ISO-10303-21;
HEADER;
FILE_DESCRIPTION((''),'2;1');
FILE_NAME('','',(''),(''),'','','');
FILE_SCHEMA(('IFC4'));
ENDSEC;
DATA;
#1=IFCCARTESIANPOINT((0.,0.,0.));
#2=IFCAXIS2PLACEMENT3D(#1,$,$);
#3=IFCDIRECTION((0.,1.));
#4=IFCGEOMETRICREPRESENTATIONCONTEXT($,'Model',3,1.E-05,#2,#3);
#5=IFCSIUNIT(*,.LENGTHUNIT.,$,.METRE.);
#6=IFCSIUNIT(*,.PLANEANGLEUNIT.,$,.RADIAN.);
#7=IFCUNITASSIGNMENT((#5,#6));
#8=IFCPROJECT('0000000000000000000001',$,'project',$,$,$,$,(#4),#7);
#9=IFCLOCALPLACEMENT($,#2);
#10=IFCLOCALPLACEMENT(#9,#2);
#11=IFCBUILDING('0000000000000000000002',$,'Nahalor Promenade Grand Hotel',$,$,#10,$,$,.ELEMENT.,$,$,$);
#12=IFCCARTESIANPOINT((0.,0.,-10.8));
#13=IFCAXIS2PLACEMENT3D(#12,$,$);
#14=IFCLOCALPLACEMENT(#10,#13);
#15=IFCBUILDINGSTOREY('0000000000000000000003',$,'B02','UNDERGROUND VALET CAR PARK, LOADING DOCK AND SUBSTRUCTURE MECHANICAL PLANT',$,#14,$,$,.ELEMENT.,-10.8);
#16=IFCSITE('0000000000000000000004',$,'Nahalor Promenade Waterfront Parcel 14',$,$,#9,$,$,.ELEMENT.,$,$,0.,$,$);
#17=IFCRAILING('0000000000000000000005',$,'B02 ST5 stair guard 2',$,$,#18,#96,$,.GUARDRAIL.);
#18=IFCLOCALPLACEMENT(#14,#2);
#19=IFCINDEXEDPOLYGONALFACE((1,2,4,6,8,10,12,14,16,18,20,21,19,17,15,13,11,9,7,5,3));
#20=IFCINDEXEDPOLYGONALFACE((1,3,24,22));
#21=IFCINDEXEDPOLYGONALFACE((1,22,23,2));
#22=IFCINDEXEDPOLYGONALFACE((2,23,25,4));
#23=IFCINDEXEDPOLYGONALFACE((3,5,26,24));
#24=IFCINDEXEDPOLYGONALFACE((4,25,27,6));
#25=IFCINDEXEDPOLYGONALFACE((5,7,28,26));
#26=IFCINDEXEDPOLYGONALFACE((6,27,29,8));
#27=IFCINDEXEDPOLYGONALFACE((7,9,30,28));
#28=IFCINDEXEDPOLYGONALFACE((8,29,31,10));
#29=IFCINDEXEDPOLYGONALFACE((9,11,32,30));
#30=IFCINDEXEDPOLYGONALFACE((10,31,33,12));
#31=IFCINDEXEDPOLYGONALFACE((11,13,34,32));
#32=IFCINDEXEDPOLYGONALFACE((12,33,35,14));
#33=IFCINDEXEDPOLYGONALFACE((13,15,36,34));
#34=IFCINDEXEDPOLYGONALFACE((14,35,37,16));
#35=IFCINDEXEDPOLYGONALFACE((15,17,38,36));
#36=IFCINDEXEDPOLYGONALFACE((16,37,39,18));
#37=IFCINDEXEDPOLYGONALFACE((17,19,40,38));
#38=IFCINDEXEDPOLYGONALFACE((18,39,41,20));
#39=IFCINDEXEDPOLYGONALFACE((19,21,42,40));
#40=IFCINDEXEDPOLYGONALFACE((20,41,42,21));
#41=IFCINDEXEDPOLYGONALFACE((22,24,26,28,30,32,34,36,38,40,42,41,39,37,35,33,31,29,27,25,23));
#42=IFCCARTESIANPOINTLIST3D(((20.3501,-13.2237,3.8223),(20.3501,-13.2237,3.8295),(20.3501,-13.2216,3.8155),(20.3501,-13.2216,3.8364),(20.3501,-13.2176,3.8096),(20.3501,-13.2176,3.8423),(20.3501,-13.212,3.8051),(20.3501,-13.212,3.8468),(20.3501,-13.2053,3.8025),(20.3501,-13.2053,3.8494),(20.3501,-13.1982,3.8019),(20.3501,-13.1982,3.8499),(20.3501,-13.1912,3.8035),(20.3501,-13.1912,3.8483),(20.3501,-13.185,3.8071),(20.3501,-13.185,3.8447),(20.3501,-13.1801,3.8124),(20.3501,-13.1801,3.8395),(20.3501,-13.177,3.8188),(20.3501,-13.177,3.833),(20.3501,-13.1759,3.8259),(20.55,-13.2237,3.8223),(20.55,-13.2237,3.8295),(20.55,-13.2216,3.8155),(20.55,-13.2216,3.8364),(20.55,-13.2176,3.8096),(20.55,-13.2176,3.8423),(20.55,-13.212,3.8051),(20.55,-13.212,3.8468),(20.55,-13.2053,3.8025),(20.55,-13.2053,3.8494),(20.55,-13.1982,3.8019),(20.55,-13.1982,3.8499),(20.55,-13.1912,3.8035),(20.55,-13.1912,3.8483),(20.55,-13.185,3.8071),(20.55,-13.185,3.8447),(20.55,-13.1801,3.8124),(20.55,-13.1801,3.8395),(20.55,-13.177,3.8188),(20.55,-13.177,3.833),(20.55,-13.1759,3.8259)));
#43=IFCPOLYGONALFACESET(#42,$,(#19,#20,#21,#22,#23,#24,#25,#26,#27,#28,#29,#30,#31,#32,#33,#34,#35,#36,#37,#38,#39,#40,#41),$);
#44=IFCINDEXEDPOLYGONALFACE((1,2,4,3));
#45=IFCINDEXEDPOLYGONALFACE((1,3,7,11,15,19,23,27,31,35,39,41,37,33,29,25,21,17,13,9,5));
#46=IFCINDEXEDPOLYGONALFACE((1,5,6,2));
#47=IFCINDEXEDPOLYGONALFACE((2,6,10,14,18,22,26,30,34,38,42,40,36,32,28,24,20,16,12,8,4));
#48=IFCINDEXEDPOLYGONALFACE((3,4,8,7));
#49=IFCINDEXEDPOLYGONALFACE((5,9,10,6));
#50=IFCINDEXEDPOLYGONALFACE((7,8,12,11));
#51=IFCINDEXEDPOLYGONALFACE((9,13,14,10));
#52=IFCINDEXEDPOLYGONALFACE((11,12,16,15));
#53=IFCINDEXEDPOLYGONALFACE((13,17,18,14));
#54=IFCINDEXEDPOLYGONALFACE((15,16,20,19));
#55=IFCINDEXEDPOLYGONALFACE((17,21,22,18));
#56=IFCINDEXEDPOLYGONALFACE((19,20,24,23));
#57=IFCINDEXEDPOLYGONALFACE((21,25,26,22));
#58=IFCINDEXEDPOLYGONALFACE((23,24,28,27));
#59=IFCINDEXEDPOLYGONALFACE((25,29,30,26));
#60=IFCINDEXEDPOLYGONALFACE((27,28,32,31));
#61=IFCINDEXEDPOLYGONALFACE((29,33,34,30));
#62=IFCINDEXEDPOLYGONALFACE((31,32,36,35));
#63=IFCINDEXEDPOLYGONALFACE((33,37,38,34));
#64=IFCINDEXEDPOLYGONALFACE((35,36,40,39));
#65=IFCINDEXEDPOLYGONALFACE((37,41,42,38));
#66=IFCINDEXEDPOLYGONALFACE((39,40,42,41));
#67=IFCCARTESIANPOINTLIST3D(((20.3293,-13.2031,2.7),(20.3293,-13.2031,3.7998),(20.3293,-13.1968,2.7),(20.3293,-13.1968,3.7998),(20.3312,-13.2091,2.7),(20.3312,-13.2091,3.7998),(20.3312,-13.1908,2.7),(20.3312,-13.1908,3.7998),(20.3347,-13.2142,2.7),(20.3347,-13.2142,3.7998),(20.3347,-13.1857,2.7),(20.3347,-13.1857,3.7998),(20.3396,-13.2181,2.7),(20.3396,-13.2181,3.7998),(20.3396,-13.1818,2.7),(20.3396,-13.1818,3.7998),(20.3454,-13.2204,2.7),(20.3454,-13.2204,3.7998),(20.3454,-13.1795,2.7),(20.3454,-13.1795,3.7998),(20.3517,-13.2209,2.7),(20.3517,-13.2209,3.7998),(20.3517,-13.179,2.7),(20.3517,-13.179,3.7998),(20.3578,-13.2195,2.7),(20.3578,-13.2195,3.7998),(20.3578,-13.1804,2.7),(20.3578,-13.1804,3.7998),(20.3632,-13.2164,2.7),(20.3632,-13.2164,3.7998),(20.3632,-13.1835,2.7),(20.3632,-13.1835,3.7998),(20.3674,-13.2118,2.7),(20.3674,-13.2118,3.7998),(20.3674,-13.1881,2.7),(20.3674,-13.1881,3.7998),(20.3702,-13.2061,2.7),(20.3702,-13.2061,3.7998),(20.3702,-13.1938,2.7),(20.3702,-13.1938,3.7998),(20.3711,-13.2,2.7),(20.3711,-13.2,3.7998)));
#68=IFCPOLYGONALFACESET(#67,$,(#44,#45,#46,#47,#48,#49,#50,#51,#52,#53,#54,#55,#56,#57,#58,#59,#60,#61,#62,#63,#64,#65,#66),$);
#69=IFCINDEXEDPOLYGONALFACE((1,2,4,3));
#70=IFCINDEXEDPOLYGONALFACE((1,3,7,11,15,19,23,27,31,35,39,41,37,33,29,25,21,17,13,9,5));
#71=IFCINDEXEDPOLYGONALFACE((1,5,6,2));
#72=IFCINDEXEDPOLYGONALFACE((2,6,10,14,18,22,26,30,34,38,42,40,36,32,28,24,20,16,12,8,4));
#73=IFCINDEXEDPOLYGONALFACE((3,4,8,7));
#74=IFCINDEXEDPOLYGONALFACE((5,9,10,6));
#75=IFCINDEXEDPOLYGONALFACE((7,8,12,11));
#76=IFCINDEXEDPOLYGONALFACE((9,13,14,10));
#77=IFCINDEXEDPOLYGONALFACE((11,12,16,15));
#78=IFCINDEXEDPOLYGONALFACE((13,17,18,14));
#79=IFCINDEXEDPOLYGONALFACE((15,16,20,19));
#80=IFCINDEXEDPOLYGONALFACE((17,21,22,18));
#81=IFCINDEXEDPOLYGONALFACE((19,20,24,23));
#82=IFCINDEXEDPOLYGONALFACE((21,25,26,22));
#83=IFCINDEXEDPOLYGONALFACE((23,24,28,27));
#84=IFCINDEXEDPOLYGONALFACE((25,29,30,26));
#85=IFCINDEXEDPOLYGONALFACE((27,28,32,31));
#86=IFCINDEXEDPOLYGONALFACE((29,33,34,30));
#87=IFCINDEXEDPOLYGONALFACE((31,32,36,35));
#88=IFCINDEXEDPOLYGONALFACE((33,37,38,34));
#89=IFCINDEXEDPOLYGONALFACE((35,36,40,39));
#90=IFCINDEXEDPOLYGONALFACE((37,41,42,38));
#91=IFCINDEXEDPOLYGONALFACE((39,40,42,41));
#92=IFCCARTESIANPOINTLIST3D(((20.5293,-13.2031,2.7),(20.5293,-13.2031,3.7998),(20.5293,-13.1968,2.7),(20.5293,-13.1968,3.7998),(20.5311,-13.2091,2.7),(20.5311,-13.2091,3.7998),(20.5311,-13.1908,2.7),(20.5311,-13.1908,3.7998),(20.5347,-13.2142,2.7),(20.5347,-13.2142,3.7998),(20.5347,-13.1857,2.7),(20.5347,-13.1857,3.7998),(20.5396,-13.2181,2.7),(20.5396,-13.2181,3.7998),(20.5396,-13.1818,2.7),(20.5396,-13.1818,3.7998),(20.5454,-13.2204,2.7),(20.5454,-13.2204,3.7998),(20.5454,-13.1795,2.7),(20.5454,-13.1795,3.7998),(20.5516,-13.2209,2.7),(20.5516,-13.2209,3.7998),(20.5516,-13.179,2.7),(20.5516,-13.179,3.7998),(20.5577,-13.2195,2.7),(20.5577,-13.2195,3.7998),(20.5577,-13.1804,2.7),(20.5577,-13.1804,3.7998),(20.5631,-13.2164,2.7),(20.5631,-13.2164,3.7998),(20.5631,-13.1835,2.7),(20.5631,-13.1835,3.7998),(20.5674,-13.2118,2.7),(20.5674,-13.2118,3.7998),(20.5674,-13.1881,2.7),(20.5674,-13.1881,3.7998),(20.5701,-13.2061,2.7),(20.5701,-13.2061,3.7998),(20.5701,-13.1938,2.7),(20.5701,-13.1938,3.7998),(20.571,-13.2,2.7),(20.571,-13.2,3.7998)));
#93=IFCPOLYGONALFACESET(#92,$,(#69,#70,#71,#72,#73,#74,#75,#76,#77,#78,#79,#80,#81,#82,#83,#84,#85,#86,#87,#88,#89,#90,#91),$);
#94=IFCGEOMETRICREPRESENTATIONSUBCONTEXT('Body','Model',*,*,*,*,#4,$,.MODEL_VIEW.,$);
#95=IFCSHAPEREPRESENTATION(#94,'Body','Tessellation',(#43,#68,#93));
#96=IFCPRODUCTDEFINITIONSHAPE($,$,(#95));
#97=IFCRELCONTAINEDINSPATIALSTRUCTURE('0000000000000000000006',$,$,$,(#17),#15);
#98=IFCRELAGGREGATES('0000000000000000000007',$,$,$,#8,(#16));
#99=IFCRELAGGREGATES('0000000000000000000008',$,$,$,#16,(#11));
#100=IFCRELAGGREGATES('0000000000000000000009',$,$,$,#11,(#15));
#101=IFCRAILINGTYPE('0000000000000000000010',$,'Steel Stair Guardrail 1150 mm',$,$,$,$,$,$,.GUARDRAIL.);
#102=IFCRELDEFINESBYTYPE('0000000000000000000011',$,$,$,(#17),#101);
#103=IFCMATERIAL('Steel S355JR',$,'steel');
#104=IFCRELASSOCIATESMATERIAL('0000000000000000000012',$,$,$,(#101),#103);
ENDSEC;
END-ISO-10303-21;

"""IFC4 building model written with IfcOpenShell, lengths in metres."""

from ifc_helpers import new_model, si_unit, direction, frame, origin, origin_2d, place, context, subcontext, project, spatial, circle, extrude, material, type_object, element, save


model = new_model("IFC4")

# Units and contexts
model_context = context("Model", 3, precision=1e-05, world=origin(), true_north=direction((0.0, 1.0)))
body_context = subcontext(model_context, "Body", "Model", "MODEL_VIEW")
ifc_project = project(units=[si_unit("LENGTHUNIT", "METRE"), si_unit("PLANEANGLEUNIT", "RADIAN")], contexts=[model_context])

# Site, building, storey
site_placement = place(None, origin())
site = spatial("IfcSite", under=ifc_project, at=site_placement, Name="Nahalor Promenade Waterfront Parcel 14", CompositionType="ELEMENT", RefElevation=0.0)
building_placement = place(site_placement, origin())
building = spatial("IfcBuilding", under=site, at=building_placement, Name="Nahalor Promenade Grand Hotel", CompositionType="ELEMENT")
storey_placement = place(building_placement, frame((0.0, 0.0, -10.8)))
storey = spatial("IfcBuildingStorey", under=building, at=storey_placement, Name="B02", Description="UNDERGROUND VALET CAR PARK, LOADING DOCK AND SUBSTRUCTURE MECHANICAL PLANT", CompositionType="ELEMENT", Elevation=-10.8)

# Shared definitions
ifc_material_1 = material(Name="Steel S355JR", Category="steel")

# Railing
railing_type_1 = type_object("IfcRailingType", Name="Steel Stair Guardrail 1150 mm", PredefinedType="GUARDRAIL", material=ifc_material_1)
railing_1_placement = place(storey_placement, frame((20.3501, -13.2, 2.7)))
element("IfcRailing", 1, at=railing_1_placement, inside=storey, type_object=railing_type_1, Name="B02 ST5 stair guard 2", PredefinedType="GUARDRAIL", context=body_context, shape_type="SweptSolid", body=[
    extrude(circle(Radius=0.024, at=origin_2d()), frame((0.0, 0.0, 1.126), z_axis=(1.0, 0.0, 0.0), x_axis=(0.0, 1.0, 0.0)), (0.0, 0.0, 1.0), 0.2),
    extrude(circle(Radius=0.021, at=origin_2d()), origin(), (0.0, 0.0, 1.0), 1.0999),
    extrude(circle(Radius=0.021, at=origin_2d()), frame((0.2, 0.0, 0.0)), (0.0, 0.0, 1.0), 1.0999),
])

save(model, "model.ifc")
